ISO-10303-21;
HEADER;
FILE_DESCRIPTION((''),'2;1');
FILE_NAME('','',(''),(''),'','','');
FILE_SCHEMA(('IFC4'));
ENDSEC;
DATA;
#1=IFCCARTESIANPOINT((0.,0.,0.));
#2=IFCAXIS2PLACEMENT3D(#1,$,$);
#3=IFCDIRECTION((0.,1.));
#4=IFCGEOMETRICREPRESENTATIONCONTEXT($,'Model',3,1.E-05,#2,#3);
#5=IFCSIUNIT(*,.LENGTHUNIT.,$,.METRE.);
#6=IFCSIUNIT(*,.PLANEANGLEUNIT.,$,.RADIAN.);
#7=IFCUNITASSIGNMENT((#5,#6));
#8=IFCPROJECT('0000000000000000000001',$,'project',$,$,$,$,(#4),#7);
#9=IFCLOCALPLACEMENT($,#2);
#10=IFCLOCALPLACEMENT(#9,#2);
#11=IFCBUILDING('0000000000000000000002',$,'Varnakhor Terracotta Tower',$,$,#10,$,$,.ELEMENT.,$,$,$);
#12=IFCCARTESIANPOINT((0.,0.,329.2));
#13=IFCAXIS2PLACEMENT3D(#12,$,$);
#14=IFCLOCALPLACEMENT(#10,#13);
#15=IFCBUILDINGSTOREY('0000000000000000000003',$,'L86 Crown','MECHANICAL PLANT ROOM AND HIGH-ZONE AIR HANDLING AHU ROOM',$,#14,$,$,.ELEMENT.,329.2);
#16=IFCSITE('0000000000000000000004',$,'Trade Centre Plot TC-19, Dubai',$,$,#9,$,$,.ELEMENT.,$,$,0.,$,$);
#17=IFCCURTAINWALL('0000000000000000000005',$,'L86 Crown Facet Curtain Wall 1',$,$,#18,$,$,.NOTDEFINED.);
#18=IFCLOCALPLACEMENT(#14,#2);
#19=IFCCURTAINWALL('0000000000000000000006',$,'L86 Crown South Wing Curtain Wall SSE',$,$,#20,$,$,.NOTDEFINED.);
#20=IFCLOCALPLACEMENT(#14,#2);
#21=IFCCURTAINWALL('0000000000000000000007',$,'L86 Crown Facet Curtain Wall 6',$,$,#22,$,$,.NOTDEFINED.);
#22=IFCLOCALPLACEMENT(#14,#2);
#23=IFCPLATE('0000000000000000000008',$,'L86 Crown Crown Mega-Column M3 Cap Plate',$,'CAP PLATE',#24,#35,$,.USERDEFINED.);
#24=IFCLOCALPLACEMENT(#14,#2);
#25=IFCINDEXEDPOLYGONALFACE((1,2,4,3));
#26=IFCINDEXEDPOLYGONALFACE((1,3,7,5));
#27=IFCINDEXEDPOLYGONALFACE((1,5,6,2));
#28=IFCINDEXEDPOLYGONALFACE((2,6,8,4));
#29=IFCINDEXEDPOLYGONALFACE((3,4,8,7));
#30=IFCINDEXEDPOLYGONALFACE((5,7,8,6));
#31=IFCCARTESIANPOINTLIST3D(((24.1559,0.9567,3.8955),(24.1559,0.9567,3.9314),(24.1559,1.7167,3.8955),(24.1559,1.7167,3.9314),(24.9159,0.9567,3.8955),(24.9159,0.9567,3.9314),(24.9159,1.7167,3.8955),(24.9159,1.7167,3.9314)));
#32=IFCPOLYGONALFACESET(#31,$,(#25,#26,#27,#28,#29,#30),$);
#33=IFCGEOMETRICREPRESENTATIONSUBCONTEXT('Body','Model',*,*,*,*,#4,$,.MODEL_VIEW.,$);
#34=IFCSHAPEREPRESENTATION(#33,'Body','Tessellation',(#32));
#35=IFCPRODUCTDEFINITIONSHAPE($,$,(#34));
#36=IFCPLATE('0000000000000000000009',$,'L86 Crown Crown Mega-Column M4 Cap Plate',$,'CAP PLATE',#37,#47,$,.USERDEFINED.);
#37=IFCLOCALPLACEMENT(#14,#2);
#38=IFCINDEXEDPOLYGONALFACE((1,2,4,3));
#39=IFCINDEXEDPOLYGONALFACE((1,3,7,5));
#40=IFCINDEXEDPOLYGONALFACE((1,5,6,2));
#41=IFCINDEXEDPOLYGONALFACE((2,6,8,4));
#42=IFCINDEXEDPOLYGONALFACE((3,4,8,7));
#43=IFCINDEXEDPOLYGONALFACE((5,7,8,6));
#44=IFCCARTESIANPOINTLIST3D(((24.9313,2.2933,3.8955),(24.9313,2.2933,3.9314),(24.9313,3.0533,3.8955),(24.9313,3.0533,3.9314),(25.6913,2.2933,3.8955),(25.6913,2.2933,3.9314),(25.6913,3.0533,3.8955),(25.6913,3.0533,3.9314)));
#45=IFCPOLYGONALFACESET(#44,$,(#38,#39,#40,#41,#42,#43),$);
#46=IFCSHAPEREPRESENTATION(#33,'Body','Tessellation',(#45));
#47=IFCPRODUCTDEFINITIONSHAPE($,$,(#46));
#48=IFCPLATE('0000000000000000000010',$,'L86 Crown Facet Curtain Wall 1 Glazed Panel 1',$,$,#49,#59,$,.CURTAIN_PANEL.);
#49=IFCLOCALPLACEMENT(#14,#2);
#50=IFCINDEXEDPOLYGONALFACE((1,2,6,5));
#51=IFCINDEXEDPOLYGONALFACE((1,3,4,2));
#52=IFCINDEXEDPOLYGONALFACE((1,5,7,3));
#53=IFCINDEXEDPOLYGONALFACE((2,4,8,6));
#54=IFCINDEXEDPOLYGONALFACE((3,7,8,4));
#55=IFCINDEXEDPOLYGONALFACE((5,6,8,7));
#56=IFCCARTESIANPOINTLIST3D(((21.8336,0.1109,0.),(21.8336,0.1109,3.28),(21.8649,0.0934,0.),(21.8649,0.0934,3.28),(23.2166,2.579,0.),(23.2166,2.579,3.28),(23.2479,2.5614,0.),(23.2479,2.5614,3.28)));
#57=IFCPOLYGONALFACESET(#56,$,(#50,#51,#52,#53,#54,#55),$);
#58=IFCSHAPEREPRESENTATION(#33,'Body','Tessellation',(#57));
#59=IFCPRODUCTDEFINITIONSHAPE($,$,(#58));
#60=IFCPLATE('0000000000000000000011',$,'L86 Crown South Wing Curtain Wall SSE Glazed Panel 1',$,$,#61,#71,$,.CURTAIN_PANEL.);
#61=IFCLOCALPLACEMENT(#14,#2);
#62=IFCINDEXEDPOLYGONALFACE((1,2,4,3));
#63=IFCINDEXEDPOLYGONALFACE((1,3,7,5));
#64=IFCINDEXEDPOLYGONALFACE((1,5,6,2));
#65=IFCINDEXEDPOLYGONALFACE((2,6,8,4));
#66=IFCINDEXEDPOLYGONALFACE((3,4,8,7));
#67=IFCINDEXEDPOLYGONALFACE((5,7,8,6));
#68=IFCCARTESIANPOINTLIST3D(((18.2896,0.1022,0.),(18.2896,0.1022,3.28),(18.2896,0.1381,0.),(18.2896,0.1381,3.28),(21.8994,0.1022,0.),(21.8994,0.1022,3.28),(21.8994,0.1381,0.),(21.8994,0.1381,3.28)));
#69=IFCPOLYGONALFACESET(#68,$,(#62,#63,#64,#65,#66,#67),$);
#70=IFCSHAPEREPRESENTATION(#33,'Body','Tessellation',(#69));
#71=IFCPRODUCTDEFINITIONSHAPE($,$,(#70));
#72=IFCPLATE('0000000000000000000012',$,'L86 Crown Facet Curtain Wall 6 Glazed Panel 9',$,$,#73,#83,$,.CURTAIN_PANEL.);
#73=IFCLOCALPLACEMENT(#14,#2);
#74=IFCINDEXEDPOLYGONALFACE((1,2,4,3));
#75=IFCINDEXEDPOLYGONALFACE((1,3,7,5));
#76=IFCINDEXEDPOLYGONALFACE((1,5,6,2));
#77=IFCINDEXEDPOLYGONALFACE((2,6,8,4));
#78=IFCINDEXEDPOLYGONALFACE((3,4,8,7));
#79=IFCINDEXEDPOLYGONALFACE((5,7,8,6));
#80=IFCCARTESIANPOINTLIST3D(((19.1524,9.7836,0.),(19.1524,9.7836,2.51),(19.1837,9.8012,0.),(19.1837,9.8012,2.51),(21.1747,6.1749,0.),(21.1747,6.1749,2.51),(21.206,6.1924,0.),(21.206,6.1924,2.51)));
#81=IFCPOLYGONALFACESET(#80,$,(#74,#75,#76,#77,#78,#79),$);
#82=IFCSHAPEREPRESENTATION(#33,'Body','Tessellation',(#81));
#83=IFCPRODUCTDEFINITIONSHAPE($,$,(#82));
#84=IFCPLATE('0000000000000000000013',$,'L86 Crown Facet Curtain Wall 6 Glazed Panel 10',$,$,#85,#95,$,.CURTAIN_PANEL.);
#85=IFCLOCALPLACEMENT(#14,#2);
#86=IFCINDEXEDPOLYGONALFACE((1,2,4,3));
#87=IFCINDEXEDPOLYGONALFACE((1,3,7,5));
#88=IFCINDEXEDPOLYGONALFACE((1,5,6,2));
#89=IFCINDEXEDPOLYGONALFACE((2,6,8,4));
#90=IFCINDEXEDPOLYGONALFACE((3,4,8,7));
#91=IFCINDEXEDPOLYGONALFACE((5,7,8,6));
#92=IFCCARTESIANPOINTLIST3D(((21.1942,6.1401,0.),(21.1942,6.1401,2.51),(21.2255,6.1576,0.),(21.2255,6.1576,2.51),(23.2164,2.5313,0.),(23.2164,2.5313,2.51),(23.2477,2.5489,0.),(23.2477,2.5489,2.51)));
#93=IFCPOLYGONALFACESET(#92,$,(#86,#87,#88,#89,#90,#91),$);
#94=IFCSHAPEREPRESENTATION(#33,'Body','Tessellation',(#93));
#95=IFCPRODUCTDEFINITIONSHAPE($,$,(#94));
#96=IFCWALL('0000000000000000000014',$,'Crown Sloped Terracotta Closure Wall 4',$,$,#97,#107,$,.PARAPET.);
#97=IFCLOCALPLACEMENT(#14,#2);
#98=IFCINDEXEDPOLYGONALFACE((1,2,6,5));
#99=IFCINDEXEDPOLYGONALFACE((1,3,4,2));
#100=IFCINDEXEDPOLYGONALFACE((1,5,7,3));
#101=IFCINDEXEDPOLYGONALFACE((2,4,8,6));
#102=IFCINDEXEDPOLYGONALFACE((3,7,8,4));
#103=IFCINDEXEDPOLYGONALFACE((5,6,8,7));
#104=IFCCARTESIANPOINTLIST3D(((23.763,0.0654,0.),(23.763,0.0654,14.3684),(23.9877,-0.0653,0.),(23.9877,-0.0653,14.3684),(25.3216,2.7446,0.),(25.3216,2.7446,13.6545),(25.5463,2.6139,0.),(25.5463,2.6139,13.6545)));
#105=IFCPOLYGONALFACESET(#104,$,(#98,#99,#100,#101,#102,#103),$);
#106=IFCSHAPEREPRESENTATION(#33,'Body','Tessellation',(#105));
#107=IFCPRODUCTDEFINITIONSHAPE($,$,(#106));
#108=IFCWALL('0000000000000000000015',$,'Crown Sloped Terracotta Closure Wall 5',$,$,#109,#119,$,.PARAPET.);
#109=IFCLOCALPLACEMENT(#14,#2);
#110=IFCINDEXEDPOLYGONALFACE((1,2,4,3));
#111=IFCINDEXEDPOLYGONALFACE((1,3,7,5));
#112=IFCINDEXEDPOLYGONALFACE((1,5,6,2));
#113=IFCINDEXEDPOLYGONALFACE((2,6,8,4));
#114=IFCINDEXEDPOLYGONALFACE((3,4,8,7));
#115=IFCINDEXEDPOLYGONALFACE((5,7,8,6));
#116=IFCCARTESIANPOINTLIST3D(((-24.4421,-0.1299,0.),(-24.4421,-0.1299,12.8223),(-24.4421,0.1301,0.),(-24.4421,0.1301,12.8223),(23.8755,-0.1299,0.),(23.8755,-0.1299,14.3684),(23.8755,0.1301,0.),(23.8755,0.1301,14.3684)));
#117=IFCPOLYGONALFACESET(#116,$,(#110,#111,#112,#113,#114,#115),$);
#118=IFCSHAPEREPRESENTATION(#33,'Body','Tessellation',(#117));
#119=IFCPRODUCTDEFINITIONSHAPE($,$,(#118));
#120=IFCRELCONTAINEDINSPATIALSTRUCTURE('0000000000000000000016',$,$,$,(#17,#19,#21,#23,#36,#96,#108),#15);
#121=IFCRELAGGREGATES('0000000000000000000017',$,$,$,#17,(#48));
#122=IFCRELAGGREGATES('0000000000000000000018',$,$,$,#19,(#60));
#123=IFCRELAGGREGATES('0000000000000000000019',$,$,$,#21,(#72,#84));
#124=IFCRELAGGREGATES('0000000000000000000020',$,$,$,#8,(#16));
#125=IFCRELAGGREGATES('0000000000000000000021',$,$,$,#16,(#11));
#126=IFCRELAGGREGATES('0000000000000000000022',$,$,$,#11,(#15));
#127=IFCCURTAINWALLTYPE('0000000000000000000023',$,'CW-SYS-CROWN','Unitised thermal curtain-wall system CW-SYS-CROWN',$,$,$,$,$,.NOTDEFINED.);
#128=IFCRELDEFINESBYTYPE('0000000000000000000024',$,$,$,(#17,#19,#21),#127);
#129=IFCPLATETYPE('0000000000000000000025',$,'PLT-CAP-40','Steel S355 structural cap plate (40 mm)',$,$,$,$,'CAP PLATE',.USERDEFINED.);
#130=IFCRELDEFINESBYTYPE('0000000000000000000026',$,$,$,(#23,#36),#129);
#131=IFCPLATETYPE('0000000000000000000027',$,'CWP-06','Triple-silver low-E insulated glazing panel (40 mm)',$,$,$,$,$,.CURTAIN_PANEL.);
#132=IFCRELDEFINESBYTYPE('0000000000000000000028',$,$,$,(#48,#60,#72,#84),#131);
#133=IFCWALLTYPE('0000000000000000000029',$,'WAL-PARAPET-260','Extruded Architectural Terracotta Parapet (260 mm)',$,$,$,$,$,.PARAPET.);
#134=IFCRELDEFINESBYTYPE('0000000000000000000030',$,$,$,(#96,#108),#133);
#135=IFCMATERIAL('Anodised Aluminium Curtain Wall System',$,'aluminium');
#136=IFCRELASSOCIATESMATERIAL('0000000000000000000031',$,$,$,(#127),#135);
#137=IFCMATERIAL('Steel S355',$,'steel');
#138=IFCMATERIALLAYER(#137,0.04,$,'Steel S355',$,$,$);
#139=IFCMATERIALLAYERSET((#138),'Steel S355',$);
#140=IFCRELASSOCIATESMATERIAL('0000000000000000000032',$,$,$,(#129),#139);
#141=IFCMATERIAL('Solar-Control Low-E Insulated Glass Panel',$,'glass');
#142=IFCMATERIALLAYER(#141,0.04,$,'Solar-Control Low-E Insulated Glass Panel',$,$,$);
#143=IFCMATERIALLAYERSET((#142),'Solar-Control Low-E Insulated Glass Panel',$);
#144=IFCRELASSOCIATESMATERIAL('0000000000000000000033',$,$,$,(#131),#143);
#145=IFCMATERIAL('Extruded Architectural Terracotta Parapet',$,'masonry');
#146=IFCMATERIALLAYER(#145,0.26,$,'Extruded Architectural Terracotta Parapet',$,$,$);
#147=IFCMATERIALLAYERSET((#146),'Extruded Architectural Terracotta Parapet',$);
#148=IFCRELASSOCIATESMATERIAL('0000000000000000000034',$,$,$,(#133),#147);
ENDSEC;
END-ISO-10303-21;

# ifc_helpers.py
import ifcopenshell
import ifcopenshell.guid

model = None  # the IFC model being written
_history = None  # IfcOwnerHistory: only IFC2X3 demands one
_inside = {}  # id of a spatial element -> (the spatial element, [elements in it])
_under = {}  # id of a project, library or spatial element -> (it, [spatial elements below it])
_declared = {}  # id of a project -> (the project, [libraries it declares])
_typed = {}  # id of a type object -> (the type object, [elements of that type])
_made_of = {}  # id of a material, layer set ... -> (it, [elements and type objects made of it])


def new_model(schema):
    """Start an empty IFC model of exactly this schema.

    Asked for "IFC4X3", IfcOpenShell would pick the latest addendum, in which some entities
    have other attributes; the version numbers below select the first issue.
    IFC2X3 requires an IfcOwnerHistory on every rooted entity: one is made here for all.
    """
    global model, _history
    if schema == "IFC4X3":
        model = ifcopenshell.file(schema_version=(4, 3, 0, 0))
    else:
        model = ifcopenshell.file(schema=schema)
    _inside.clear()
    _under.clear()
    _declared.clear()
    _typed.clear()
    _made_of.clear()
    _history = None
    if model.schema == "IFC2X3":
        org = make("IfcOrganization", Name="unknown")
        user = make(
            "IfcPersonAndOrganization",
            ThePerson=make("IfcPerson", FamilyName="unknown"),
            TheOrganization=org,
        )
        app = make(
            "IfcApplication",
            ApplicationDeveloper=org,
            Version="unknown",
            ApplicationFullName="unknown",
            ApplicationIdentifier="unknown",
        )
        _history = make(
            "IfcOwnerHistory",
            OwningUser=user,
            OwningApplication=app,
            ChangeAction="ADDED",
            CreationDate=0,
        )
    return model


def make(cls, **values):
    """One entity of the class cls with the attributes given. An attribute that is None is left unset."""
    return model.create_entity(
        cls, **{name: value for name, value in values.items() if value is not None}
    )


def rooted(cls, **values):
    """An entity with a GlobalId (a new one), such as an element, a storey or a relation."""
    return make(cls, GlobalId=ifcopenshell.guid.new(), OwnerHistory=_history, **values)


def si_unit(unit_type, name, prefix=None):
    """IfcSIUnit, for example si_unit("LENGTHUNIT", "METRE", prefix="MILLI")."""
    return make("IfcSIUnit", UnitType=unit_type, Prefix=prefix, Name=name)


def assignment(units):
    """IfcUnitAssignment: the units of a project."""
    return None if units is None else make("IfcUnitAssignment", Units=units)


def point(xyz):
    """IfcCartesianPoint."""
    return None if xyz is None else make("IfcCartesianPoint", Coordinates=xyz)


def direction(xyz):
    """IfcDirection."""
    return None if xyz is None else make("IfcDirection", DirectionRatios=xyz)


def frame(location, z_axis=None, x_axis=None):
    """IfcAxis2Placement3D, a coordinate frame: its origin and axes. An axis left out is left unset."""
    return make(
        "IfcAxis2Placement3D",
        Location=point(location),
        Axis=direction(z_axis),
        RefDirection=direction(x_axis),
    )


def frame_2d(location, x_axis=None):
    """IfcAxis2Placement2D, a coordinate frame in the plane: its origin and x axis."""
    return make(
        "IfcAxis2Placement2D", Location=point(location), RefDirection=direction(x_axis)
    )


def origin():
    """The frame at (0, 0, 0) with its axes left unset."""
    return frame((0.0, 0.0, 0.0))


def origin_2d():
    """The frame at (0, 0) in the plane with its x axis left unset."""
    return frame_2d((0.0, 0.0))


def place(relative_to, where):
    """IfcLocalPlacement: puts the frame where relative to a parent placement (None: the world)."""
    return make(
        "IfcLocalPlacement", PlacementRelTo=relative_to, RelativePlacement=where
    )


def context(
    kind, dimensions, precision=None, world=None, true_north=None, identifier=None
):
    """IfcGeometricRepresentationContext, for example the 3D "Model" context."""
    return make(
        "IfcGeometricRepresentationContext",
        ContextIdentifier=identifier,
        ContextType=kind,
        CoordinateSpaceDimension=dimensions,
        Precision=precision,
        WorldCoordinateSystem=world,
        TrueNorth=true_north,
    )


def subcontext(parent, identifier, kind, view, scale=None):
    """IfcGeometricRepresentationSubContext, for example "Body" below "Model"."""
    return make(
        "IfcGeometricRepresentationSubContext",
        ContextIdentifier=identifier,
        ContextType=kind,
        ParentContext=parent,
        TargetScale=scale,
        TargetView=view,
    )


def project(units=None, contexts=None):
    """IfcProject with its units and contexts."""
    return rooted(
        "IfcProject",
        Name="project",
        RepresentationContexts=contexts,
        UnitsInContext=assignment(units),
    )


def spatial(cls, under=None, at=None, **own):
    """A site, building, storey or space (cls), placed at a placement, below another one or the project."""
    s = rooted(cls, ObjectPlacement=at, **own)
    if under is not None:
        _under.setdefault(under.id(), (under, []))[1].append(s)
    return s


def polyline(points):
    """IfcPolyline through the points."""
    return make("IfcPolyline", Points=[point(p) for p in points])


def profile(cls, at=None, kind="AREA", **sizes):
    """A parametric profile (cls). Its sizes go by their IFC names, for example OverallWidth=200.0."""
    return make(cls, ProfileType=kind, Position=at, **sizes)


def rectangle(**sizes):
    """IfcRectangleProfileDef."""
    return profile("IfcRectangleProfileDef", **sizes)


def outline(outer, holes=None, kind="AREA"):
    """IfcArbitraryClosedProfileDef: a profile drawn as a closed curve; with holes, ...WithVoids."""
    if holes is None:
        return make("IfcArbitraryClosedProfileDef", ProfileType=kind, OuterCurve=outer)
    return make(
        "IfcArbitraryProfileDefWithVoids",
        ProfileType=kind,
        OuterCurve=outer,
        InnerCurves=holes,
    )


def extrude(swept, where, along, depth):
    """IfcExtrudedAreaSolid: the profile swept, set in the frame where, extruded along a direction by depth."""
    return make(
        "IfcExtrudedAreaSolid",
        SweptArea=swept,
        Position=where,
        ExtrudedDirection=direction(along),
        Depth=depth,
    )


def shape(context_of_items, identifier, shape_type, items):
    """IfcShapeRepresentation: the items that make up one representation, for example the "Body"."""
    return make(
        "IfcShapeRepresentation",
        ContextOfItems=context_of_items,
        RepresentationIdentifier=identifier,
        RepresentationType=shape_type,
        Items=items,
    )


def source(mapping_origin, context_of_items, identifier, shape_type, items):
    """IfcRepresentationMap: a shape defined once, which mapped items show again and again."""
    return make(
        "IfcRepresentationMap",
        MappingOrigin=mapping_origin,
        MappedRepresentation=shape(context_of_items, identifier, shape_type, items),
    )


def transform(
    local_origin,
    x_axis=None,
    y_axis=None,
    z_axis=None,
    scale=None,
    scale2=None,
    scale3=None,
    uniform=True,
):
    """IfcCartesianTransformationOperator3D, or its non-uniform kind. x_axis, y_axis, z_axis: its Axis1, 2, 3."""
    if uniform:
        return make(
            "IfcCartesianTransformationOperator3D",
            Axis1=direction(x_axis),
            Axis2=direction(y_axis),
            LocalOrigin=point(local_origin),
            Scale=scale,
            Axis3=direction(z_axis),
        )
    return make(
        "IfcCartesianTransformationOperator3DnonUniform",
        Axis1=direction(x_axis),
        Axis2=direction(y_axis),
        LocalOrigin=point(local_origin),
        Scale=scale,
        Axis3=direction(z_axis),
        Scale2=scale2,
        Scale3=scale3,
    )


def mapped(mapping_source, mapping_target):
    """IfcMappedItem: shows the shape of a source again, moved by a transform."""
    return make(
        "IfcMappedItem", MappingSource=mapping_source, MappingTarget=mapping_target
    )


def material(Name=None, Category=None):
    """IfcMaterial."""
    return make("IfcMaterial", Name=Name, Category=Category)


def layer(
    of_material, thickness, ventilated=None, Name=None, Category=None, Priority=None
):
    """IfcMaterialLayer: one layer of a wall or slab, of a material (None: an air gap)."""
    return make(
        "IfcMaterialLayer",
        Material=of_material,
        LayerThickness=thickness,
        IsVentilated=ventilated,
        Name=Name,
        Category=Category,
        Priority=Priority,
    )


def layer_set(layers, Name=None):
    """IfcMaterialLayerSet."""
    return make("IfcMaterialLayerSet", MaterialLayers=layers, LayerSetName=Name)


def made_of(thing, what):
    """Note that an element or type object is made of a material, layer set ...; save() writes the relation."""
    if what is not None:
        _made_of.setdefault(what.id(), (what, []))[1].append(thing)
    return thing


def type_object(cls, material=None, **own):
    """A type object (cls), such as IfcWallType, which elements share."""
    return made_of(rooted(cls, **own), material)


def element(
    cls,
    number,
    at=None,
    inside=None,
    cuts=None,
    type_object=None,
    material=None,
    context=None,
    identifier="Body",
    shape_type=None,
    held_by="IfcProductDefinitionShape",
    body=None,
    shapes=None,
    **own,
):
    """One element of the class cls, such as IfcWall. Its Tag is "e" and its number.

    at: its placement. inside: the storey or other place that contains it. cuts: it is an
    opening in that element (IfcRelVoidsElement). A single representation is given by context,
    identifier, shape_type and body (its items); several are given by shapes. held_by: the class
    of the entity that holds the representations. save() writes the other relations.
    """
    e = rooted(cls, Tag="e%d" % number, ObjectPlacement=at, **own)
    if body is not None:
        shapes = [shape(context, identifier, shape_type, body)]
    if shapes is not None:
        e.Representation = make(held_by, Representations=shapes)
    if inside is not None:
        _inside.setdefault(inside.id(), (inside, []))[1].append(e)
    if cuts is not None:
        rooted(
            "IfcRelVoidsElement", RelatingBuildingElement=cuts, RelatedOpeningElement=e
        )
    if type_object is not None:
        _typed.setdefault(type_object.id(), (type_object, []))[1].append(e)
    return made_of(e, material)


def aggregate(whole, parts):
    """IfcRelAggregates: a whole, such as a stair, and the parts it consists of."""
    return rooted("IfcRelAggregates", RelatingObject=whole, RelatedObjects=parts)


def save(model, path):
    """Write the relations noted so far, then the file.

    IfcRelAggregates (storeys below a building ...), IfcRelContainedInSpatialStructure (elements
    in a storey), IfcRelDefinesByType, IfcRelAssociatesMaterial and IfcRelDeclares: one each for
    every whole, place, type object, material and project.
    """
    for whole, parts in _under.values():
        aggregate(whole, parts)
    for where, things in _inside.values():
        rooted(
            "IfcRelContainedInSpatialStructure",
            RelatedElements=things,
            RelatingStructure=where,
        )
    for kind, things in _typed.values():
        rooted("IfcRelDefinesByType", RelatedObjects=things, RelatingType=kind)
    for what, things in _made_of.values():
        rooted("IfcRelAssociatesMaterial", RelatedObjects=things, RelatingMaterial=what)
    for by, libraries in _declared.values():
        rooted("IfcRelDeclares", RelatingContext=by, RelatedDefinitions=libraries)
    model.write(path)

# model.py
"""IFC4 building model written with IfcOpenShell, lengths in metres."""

from ifc_helpers import new_model, si_unit, direction, frame, origin, origin_2d, place, context, subcontext, project, spatial, polyline, rectangle, outline, extrude, source, transform, mapped, material, layer, layer_set, type_object, element, aggregate, save


model = new_model("IFC4")

# Units and contexts
model_context = context("Model", 3, precision=1e-05, world=origin(), true_north=direction((0.0, 1.0)))
body_context = subcontext(model_context, "Body", "Model", "MODEL_VIEW")
ifc_project = project(units=[si_unit("LENGTHUNIT", "METRE"), si_unit("PLANEANGLEUNIT", "RADIAN")], contexts=[model_context])

# Site, building, storey
site_placement = place(None, origin())
site = spatial("IfcSite", under=ifc_project, at=site_placement, Name="Trade Centre Plot TC-19, Dubai", CompositionType="ELEMENT", RefElevation=0.0)
building_placement = place(site_placement, origin())
building = spatial("IfcBuilding", under=site, at=building_placement, Name="Varnakhor Terracotta Tower", CompositionType="ELEMENT")
storey_placement = place(building_placement, frame((0.0, 0.0, 329.2)))
storey = spatial("IfcBuildingStorey", under=building, at=storey_placement, Name="L86 Crown", Description="MECHANICAL PLANT ROOM AND HIGH-ZONE AIR HANDLING AHU ROOM", CompositionType="ELEMENT", Elevation=329.2)

# Shared definitions
ifc_material_1 = material(Name="Steel S355", Category="steel")

# Curtain wall
ifc_material_2 = material(Name="Anodised Aluminium Curtain Wall System", Category="aluminium")
curtain_wall_type = type_object("IfcCurtainWallType", Name="CW-SYS-CROWN", Description="Unitised thermal curtain-wall system CW-SYS-CROWN", PredefinedType="NOTDEFINED", material=ifc_material_2)
curtain_wall_1_placement = place(storey_placement, origin())
curtain_wall_1 = element("IfcCurtainWall", 1, at=curtain_wall_1_placement, inside=storey, type_object=curtain_wall_type, Name="L86 Crown Facet Curtain Wall 1", PredefinedType="NOTDEFINED")

# Curtain wall
curtain_wall_2_placement = place(storey_placement, origin())
curtain_wall_2 = element("IfcCurtainWall", 2, at=curtain_wall_2_placement, inside=storey, type_object=curtain_wall_type, Name="L86 Crown South Wing Curtain Wall SSE", PredefinedType="NOTDEFINED")

# Curtain wall
curtain_wall_3_placement = place(storey_placement, origin())
curtain_wall_3 = element("IfcCurtainWall", 3, at=curtain_wall_3_placement, inside=storey, type_object=curtain_wall_type, Name="L86 Crown Facet Curtain Wall 6", PredefinedType="NOTDEFINED")

# Plates
ifc_layer_1 = layer(ifc_material_1, 0.04, Name="Steel S355")
ifc_layer_set_1 = layer_set([ifc_layer_1], Name="Steel S355")
plate_type_1 = type_object("IfcPlateType", Name="PLT-CAP-40", Description="Steel S355 structural cap plate (40 mm)", ElementType="CAP PLATE", PredefinedType="USERDEFINED", material=ifc_layer_set_1)
shared_shape_1 = source(origin(), body_context, "Body", "SweptSolid", [
    extrude(rectangle(XDim=0.76, YDim=0.76, at=origin_2d()), origin(), (0.0, 0.0, 1.0), 0.0359),
])
for number, where, z_axis, x_axis, name in (
    (4, (24.5359, 1.3367, 3.8955), (0.0, 0.0, 1.0), (1.0, 0.0, 0.0), "L86 Crown Crown Mega-Column M3 Cap Plate"),
    (5, (25.3113, 2.6733, 3.8955), (0.0, 0.0, 1.0), (1.0, 0.0, 0.0), "L86 Crown Crown Mega-Column M4 Cap Plate"),
):
    element("IfcPlate", number, at=place(storey_placement, frame(where, z_axis=z_axis, x_axis=x_axis)), inside=storey, type_object=plate_type_1, Name=name, ObjectType="CAP PLATE", PredefinedType="USERDEFINED", context=body_context, shape_type="MappedRepresentation", body=[
        mapped(shared_shape_1, transform((0.0, 0.0, 0.0), scale=1.0)),
    ])

# Plates
ifc_material_3 = material(Name="Solar-Control Low-E Insulated Glass Panel", Category="glass")
ifc_layer_2 = layer(ifc_material_3, 0.04, Name="Solar-Control Low-E Insulated Glass Panel")
ifc_layer_set_2 = layer_set([ifc_layer_2], Name="Solar-Control Low-E Insulated Glass Panel")
plate_type_2 = type_object("IfcPlateType", Name="CWP-06", Description="Triple-silver low-E insulated glazing panel (40 mm)", PredefinedType="CURTAIN_PANEL", material=ifc_layer_set_2)
shared_shape_2 = source(origin(), body_context, "Body", "SweptSolid", [
    extrude(rectangle(XDim=2.8291, YDim=0.0359, at=origin_2d()), origin(), (0.0, 0.0, 1.0), 3.28),
])
plate_1_placement = place(storey_placement, frame((22.5408, 1.3362, 0.0), z_axis=(0.0, 0.0, 1.0), x_axis=(-0.48885, -0.872368, 0.0)))
plate_1 = element("IfcPlate", 6, at=plate_1_placement, type_object=plate_type_2, Name="L86 Crown Facet Curtain Wall 1 Glazed Panel 1", PredefinedType="CURTAIN_PANEL", context=body_context, shape_type="MappedRepresentation", body=[
    mapped(shared_shape_2, transform((0.0, 0.0, 0.0), scale=1.0)),
])
aggregate(curtain_wall_1, [plate_1])
shared_shape_3 = source(origin(), body_context, "Body", "SweptSolid", [
    extrude(rectangle(XDim=3.6099, YDim=0.0359, at=origin_2d()), origin(), (0.0, 0.0, 1.0), 3.28),
])
plate_2_placement = place(storey_placement, frame((20.0945, 0.1201, 0.0), z_axis=(0.0, 0.0, 1.0), x_axis=(-1.0, 0.0, 0.0)))
plate_2 = element("IfcPlate", 7, at=plate_2_placement, type_object=plate_type_2, Name="L86 Crown South Wing Curtain Wall SSE Glazed Panel 1", PredefinedType="CURTAIN_PANEL", context=body_context, shape_type="MappedRepresentation", body=[
    mapped(shared_shape_3, transform((0.0, 0.0, 0.0), scale=1.0)),
])
aggregate(curtain_wall_2, [plate_2])
shared_shape_4 = source(origin(), body_context, "Body", "SweptSolid", [
    extrude(rectangle(XDim=4.1367, YDim=0.0359, at=origin_2d()), origin(), (0.0, 0.0, 1.0), 2.51),
])
plate_3_placement = place(storey_placement, frame((20.1792, 7.988, 0.0), z_axis=(0.0, 0.0, 1.0), x_axis=(0.48885, -0.872368, 0.0)))
plate_3 = element("IfcPlate", 8, at=plate_3_placement, type_object=plate_type_2, Name="L86 Crown Facet Curtain Wall 6 Glazed Panel 9", PredefinedType="CURTAIN_PANEL", context=body_context, shape_type="MappedRepresentation", body=[
    mapped(shared_shape_4, transform((0.0, 0.0, 0.0), scale=1.0)),
])
plate_4_placement = place(storey_placement, frame((22.2209, 4.3445, 0.0), z_axis=(0.0, 0.0, 1.0), x_axis=(0.48885, -0.872368, 0.0)))
plate_4 = element("IfcPlate", 9, at=plate_4_placement, type_object=plate_type_2, Name="L86 Crown Facet Curtain Wall 6 Glazed Panel 10", PredefinedType="CURTAIN_PANEL", context=body_context, shape_type="MappedRepresentation", body=[
    mapped(shared_shape_4, transform((0.0, 0.0, 0.0), scale=1.0)),
])
aggregate(curtain_wall_3, [plate_3, plate_4])

# Walls
ifc_material_4 = material(Name="Extruded Architectural Terracotta Parapet", Category="masonry")
ifc_layer_3 = layer(ifc_material_4, 0.26, Name="Extruded Architectural Terracotta Parapet")
ifc_layer_set_3 = layer_set([ifc_layer_3], Name="Extruded Architectural Terracotta Parapet")
wall_type = type_object("IfcWallType", Name="WAL-PARAPET-260", Description="Extruded Architectural Terracotta Parapet (260 mm)", PredefinedType="PARAPET", material=ifc_layer_set_3)
wall_1_placement = place(storey_placement, frame((25.4341, 2.6792, 0.0), z_axis=(0.0, 0.0, 1.0), x_axis=(-0.502842, -0.864378, 0.0)))
element("IfcWall", 10, at=wall_1_placement, inside=storey, type_object=wall_type, Name="Crown Sloped Terracotta Closure Wall 4", PredefinedType="PARAPET", context=body_context, shape_type="SweptSolid", body=[
    extrude(outline(polyline([(0.0, 0.0), (3.0996, 0.0), (3.0996, 14.3684), (0.0, 13.6545), (0.0, 0.0)])), frame((0.0, 0.1299, 0.0), z_axis=(0.0, -1.0, 0.0), x_axis=(1.0, 0.0, 0.0)), (0.0, 0.0, 1.0), 0.26),
])
wall_2_placement = place(storey_placement, frame((23.8755, 0.0, 0.0), z_axis=(0.0, 0.0, 1.0), x_axis=(-1.0, 0.0, 0.0)))
element("IfcWall", 11, at=wall_2_placement, inside=storey, type_object=wall_type, Name="Crown Sloped Terracotta Closure Wall 5", PredefinedType="PARAPET", context=body_context, shape_type="SweptSolid", body=[
    extrude(outline(polyline([(0.0, 0.0), (48.3176, 0.0), (48.3176, 12.8223), (0.0, 14.3684), (0.0, 0.0)])), frame((0.0, 0.1299, 0.0), z_axis=(0.0, -1.0, 0.0), x_axis=(1.0, 0.0, 0.0)), (0.0, 0.0, 1.0), 0.26),
])

save(model, "model.ifc")
